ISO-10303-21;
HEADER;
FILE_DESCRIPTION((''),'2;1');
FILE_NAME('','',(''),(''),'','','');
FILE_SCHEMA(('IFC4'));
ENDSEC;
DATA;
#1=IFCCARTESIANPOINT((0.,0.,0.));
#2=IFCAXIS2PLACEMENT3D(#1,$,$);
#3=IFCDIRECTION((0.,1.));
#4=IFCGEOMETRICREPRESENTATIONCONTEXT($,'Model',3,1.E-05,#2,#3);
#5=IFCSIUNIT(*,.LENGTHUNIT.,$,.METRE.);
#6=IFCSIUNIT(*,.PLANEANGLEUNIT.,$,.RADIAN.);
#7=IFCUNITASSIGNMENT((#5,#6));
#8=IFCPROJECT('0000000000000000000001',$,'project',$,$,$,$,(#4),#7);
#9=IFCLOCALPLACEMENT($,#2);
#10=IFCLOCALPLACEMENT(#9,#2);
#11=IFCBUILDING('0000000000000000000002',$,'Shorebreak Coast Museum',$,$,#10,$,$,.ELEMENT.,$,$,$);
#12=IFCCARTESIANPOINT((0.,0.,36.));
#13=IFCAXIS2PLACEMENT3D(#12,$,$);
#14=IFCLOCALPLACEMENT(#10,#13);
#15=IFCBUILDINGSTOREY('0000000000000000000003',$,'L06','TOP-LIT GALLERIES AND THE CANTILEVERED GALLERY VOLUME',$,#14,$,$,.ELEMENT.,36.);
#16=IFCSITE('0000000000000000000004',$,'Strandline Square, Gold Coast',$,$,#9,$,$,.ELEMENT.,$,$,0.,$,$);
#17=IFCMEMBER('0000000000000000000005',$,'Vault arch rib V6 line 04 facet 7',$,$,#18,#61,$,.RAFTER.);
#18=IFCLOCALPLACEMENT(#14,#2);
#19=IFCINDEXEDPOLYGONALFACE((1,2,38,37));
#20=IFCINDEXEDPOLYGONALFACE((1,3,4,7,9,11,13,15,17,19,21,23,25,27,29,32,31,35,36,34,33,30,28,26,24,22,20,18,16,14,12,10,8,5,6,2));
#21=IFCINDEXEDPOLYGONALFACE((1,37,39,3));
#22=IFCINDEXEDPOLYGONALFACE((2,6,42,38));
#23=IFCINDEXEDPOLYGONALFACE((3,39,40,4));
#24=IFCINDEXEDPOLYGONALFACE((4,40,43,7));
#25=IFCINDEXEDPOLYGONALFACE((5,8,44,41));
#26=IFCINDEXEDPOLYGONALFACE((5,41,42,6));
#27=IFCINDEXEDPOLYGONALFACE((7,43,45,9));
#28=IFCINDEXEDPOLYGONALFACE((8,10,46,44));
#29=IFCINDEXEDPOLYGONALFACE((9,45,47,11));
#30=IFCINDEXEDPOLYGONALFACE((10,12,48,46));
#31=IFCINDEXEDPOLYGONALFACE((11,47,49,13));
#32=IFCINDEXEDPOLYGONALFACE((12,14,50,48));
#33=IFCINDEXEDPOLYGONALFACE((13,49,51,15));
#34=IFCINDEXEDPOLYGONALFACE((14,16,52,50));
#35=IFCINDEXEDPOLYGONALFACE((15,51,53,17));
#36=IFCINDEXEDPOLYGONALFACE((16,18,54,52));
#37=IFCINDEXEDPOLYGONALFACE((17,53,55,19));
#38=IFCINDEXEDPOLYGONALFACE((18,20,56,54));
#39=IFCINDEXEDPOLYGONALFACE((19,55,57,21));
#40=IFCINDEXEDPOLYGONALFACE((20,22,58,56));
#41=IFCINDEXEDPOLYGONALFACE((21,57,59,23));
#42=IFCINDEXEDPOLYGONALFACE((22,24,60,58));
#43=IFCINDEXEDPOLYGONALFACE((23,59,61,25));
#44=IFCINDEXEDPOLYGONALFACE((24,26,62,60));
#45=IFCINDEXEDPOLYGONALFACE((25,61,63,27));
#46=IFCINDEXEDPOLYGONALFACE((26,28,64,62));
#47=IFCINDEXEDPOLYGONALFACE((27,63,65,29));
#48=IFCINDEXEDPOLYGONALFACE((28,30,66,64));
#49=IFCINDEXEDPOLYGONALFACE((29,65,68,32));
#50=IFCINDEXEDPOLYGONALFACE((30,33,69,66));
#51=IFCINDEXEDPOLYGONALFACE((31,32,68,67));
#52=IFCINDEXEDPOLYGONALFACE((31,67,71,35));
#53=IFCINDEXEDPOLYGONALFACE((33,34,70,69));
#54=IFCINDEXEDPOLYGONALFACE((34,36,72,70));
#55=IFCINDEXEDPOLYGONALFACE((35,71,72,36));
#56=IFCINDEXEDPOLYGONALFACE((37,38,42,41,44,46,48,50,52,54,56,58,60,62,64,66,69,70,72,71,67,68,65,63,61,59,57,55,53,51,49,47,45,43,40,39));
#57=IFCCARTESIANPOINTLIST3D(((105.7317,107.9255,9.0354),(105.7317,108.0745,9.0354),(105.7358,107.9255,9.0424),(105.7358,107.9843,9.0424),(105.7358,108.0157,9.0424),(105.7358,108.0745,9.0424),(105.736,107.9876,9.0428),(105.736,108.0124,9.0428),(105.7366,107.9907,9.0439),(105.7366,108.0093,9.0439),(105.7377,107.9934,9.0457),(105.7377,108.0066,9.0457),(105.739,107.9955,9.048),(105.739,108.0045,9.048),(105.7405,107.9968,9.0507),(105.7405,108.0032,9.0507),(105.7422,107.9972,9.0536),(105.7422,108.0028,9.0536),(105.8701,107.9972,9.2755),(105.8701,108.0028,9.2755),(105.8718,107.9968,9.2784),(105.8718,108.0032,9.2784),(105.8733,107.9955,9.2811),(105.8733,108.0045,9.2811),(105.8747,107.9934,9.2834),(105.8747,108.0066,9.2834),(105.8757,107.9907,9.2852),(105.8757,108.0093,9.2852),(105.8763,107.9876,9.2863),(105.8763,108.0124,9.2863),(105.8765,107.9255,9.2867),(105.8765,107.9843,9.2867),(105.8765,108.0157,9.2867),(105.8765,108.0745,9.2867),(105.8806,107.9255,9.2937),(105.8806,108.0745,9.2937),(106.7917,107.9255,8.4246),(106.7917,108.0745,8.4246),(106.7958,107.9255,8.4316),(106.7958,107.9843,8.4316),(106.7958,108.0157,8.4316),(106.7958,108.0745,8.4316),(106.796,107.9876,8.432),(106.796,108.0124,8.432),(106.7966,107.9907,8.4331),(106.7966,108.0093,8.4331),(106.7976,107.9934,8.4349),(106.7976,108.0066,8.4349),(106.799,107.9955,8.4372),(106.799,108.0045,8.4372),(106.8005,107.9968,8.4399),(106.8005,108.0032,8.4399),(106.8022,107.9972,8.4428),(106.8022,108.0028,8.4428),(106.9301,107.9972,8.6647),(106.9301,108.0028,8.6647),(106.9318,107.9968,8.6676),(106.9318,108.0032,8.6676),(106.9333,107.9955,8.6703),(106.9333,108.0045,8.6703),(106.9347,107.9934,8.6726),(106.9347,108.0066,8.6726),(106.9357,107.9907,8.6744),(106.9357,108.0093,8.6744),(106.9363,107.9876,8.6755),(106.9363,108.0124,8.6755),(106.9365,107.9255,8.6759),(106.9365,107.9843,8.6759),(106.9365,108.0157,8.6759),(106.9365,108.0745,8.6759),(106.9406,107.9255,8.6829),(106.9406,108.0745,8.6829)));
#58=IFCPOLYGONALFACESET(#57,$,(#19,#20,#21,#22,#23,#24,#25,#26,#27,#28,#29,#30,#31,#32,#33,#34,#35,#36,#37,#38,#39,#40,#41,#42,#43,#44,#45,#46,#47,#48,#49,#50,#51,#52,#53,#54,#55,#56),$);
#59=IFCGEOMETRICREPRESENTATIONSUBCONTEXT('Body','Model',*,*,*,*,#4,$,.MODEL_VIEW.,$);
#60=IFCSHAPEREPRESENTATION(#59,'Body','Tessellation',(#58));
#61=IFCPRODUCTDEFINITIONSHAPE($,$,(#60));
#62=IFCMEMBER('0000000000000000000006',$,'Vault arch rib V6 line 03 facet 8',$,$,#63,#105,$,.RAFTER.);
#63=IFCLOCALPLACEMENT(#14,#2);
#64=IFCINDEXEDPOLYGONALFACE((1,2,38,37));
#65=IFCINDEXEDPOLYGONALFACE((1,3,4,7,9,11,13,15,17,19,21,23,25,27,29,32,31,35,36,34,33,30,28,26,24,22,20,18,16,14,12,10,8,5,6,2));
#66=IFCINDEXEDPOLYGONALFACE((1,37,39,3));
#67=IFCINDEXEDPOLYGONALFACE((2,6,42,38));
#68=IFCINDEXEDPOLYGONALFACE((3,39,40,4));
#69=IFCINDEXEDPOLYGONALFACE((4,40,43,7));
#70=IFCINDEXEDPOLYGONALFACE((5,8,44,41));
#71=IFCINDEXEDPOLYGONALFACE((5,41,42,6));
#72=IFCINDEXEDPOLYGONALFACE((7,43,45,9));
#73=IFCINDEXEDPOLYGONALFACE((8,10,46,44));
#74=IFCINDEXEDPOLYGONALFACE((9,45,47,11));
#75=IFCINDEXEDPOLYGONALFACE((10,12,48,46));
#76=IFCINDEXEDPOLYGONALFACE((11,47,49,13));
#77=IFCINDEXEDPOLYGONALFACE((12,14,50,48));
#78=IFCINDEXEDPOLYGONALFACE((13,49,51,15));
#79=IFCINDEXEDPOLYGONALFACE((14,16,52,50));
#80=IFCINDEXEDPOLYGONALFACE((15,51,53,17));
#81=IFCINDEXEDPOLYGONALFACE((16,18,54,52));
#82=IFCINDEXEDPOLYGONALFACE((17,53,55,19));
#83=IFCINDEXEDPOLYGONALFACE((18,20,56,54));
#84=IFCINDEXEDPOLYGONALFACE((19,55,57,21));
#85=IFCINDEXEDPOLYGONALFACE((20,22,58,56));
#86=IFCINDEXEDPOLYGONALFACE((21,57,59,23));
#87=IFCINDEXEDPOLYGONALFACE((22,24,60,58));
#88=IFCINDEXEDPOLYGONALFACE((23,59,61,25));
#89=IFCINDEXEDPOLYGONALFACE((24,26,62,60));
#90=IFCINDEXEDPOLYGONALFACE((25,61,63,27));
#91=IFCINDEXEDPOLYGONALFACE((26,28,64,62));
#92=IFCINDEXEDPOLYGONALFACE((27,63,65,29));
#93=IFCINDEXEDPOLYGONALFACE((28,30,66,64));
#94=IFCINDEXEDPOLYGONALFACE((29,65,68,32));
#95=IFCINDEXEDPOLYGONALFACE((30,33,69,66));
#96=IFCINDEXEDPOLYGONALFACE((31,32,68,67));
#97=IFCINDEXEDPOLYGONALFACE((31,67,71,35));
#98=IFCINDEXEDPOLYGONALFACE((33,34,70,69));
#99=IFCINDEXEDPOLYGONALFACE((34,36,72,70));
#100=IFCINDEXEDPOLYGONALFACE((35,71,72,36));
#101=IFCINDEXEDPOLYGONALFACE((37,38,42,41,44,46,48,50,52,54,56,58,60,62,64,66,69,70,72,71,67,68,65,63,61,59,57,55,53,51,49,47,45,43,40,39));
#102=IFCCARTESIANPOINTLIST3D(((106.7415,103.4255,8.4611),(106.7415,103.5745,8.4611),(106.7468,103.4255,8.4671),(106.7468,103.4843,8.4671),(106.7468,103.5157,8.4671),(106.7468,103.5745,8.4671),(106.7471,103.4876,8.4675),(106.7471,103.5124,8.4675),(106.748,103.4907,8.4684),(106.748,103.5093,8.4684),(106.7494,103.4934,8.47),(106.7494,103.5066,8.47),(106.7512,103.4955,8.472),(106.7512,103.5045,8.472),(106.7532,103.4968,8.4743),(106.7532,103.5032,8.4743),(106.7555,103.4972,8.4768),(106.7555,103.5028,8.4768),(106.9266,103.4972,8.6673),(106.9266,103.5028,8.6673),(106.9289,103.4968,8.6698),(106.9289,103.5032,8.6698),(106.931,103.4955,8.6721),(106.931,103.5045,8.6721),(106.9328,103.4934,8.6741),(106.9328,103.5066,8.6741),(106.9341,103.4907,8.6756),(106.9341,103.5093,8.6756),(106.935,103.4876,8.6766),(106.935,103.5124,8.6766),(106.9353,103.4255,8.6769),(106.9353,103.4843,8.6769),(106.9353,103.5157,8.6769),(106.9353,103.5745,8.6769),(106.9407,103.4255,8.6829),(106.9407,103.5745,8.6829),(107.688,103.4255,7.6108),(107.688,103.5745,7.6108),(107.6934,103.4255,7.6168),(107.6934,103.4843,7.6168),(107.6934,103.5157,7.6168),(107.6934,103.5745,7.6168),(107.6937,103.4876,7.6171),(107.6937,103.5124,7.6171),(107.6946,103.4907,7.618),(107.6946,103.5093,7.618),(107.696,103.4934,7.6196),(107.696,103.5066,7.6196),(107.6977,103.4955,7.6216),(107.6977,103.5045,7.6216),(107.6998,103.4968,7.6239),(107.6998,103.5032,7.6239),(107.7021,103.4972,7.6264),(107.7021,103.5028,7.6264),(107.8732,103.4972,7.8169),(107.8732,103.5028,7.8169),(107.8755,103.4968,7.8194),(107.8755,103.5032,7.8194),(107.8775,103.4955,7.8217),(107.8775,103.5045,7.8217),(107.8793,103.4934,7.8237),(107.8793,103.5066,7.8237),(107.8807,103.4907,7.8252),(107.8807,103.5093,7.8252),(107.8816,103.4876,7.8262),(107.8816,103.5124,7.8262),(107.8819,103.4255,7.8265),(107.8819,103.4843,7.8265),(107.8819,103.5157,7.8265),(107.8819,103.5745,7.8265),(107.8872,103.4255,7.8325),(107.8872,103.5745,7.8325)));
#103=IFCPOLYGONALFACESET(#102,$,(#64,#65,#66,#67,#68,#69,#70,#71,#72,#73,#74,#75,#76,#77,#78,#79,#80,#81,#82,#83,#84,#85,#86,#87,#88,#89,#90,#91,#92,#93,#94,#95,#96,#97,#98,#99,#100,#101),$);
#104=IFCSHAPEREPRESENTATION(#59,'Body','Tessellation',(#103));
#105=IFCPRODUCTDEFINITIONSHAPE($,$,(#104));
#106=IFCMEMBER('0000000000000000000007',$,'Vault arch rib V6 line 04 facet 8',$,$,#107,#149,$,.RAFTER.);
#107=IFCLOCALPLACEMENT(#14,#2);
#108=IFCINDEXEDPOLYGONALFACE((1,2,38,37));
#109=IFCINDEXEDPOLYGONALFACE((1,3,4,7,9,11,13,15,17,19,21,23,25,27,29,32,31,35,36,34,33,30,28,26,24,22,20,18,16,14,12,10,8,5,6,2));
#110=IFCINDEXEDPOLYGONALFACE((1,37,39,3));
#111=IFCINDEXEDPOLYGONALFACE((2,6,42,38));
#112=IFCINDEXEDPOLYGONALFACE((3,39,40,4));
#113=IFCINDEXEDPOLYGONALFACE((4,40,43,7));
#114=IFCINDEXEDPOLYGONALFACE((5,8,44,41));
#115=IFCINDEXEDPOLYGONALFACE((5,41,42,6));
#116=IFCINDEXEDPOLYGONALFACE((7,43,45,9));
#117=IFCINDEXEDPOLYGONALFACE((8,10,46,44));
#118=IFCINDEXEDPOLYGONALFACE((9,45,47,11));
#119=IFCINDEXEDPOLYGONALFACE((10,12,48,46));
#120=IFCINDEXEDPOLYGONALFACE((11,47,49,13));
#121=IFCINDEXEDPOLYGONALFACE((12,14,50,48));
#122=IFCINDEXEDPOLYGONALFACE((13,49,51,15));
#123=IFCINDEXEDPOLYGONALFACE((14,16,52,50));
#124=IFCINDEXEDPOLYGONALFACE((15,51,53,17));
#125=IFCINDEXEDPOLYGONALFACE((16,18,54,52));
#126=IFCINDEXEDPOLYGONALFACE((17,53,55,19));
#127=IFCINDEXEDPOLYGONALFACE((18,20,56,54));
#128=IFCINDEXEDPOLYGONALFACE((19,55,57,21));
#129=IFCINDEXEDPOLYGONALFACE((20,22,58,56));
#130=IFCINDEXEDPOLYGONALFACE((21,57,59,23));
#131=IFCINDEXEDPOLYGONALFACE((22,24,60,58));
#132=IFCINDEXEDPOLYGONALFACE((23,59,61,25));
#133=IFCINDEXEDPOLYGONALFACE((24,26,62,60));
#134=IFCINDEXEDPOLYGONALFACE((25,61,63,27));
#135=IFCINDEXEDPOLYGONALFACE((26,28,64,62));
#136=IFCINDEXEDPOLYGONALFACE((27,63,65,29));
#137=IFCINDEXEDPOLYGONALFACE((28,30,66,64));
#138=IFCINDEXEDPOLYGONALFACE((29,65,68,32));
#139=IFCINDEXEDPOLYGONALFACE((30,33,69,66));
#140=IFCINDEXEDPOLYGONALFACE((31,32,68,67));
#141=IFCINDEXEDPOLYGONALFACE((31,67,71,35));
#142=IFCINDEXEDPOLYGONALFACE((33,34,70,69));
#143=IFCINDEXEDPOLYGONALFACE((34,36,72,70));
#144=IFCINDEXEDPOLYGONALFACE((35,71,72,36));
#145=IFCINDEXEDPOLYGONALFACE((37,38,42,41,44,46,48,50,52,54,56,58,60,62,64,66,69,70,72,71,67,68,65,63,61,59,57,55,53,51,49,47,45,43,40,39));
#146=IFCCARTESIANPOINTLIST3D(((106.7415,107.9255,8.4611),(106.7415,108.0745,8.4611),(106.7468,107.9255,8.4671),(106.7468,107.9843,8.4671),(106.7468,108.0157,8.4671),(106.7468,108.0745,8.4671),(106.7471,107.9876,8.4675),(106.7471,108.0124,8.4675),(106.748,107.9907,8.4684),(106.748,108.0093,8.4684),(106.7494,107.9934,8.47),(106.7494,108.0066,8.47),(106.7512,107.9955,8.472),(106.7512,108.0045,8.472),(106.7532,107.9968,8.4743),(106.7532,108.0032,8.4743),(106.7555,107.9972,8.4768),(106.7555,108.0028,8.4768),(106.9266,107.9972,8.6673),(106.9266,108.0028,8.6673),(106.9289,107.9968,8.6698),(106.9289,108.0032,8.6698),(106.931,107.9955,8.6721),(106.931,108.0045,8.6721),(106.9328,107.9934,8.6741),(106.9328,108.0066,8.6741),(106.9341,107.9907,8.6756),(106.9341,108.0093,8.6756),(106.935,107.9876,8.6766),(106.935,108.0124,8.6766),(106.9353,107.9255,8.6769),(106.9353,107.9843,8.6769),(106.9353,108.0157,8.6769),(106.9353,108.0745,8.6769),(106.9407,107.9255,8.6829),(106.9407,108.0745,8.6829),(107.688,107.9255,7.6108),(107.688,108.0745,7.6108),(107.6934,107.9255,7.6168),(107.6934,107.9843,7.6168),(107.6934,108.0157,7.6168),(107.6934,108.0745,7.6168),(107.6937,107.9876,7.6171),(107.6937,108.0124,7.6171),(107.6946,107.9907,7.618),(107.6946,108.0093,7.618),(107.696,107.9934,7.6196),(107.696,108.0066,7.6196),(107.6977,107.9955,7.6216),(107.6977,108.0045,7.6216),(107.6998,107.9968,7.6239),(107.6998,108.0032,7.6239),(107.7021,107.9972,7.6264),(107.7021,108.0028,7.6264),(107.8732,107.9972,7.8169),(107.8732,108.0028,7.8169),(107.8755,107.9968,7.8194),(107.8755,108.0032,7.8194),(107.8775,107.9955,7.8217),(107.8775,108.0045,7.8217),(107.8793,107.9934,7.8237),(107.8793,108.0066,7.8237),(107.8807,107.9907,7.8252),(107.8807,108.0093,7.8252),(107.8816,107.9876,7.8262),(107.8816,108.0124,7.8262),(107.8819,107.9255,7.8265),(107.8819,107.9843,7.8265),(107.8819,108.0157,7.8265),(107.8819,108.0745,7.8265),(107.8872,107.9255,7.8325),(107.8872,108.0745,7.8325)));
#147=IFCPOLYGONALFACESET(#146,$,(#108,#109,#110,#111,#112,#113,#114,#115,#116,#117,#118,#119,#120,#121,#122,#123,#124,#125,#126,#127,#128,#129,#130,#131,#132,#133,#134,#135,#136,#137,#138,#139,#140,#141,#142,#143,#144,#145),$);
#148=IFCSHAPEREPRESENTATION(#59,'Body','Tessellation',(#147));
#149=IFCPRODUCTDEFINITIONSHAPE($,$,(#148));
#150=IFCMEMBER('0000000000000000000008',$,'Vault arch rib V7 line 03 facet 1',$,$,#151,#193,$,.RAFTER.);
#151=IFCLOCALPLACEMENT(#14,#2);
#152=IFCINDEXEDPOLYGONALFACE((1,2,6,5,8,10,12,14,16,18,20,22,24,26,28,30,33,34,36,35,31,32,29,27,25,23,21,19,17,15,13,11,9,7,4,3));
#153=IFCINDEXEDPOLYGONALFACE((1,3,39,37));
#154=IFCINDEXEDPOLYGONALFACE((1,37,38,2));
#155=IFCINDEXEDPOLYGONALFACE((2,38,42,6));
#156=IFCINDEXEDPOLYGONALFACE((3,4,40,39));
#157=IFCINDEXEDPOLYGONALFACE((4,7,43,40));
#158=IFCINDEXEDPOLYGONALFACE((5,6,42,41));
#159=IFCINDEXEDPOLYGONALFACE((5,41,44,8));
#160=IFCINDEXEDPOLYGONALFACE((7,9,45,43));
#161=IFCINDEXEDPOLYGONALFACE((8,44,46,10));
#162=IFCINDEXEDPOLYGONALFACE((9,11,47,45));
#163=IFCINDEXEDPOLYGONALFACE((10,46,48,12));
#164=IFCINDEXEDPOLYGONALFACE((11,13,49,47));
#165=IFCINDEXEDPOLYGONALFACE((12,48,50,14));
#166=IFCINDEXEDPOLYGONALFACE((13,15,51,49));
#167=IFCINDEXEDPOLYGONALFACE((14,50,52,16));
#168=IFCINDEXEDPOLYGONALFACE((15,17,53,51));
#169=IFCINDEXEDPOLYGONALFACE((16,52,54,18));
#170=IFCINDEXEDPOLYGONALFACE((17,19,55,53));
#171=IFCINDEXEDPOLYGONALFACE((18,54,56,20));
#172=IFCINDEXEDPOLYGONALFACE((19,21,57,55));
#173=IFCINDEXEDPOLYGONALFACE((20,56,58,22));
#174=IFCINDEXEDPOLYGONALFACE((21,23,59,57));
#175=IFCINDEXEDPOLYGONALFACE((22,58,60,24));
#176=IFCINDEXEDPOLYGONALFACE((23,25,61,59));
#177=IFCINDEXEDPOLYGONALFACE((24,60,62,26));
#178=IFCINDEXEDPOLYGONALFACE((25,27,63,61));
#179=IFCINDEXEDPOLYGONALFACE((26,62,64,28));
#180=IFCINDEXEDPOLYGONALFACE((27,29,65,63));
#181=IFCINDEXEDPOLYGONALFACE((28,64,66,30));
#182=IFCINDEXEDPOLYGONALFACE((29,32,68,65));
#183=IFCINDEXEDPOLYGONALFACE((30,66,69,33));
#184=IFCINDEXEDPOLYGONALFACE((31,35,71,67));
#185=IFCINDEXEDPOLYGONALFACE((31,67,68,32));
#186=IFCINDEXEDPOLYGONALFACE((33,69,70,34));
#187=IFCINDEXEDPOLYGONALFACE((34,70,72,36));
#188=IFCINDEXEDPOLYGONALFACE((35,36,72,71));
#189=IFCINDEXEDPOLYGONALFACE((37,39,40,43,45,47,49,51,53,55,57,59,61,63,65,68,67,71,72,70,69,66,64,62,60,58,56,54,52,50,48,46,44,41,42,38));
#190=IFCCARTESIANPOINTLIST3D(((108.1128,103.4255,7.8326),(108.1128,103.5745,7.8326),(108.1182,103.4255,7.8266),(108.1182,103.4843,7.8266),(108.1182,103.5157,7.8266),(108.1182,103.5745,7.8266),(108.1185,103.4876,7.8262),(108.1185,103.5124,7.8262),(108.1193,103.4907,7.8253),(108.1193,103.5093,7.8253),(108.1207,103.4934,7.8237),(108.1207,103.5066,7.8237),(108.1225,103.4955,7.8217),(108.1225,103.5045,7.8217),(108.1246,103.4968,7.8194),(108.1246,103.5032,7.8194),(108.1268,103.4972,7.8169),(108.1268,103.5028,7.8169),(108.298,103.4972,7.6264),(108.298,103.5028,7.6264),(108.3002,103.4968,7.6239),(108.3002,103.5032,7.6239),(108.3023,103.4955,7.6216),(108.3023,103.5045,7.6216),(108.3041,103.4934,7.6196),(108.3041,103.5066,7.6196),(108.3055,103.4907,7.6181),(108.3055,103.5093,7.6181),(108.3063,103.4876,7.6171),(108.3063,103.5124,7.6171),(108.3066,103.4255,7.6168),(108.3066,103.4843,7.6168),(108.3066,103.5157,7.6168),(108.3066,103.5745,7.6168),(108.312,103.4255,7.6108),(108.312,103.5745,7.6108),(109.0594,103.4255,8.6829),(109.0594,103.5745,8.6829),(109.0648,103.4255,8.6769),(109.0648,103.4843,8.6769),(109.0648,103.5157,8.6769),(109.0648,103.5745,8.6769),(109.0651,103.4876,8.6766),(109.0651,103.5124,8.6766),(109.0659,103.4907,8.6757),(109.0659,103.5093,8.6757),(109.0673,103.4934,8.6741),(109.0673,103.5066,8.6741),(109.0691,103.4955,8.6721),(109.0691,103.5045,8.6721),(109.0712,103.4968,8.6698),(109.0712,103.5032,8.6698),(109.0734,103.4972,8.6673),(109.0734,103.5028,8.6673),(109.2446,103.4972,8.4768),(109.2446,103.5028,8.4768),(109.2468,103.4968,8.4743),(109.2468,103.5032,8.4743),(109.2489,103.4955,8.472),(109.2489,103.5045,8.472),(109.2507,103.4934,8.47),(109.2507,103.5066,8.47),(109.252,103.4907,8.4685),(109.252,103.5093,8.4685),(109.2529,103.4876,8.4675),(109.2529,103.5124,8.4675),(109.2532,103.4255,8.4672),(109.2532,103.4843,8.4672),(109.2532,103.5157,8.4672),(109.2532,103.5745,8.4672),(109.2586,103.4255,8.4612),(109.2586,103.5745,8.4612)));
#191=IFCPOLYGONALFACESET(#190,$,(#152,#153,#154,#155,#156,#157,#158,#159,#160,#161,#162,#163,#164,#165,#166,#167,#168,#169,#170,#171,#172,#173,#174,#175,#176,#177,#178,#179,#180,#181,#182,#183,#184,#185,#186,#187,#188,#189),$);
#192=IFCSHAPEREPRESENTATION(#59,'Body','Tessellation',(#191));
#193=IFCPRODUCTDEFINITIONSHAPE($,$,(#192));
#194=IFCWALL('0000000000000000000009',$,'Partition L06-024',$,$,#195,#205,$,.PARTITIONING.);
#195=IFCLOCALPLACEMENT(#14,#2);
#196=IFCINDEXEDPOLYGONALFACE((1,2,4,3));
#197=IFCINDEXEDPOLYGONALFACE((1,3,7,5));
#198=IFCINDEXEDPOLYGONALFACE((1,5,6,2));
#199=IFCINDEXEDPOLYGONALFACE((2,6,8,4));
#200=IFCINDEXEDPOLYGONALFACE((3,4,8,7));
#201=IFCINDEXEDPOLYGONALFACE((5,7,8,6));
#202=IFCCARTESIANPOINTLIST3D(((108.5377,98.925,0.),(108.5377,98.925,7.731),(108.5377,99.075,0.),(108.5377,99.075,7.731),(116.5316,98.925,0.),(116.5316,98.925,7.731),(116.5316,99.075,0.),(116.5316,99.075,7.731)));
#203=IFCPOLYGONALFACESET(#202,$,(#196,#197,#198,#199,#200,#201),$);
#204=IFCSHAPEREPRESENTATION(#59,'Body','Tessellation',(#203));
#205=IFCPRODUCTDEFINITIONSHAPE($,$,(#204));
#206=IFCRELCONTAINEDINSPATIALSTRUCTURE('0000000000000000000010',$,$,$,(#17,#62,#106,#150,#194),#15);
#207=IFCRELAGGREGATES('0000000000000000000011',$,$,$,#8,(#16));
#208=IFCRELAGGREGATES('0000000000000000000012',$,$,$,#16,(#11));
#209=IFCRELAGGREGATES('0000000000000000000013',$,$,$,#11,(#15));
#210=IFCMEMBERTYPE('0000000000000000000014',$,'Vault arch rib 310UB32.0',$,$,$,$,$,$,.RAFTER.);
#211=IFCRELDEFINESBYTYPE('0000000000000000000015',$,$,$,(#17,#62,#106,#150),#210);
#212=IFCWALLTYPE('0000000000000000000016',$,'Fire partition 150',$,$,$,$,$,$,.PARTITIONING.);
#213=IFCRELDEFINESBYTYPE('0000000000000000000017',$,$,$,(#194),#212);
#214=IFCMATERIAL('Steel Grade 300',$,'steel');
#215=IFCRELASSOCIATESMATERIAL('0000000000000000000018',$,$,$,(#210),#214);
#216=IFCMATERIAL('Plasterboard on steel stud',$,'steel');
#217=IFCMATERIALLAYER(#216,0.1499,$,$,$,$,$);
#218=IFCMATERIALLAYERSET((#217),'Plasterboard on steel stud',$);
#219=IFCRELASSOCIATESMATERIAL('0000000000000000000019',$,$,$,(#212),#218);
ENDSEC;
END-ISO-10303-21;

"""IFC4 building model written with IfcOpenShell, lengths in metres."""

from ifc_helpers import new_model, si_unit, direction, frame, frame_2d, origin, origin_2d, place, context, subcontext, project, spatial, rectangle, i_section, extrude, material, layer, layer_set, material_profile, profile_set, type_object, element, save


model = new_model("IFC4")

# Units and contexts
model_context = context("Model", 3, precision=1e-05, world=origin(), true_north=direction((0.0, 1.0)))
body_context = subcontext(model_context, "Body", "Model", "MODEL_VIEW")
ifc_project = project(units=[si_unit("LENGTHUNIT", "METRE"), si_unit("PLANEANGLEUNIT", "RADIAN")], contexts=[model_context])

# Site, building, storey
site_placement = place(None, origin())
site = spatial("IfcSite", under=ifc_project, at=site_placement, Name="Strandline Square, Gold Coast", CompositionType="ELEMENT", RefElevation=0.0)
building_placement = place(site_placement, origin())
building = spatial("IfcBuilding", under=site, at=building_placement, Name="Shorebreak Coast Museum", CompositionType="ELEMENT")
storey_placement = place(building_placement, frame((0.0, 0.0, 36.0)))
storey = spatial("IfcBuildingStorey", under=building, at=storey_placement, Name="L06", Description="TOP-LIT GALLERIES AND THE CANTILEVERED GALLERY VOLUME", CompositionType="ELEMENT", Elevation=36.0)

# Members
ifc_material_1 = material(Name="Steel Grade 300", Category="steel")
ifc_material_profile_1 = material_profile(ifc_material_1, i_section(OverallWidth=0.1489, OverallDepth=0.2981, WebThickness=0.0056, FlangeThickness=0.0081, FilletRadius=0.0129, at=origin_2d()), Name="310UB32.0")
ifc_profile_set_1 = profile_set([ifc_material_profile_1], Name="Steel Grade 300")
member_type_1 = type_object("IfcMemberType", Name="Vault arch rib 310UB32.0", PredefinedType="RAFTER", material=ifc_profile_set_1)
for number, where, z_axis, x_axis, name in (
    (1, (105.8062, 108.0, 9.1646), (0.866445, 0.0, -0.499273), (0.0, 1.0, 0.0), "Vault arch rib V6 line 04 facet 7"),
):
    element("IfcMember", number, at=place(storey_placement, frame(where, z_axis=z_axis, x_axis=x_axis)), inside=storey, type_object=member_type_1, Name=name, PredefinedType="RAFTER", context=body_context, shape_type="SweptSolid", body=[
        extrude(i_section(OverallWidth=0.1489, OverallDepth=0.2981, WebThickness=0.0056, FlangeThickness=0.0081, FilletRadius=0.0129, at=origin_2d()), origin(), (0.0, 0.0, 1.0), 1.2234),
    ])
for number, where, z_axis, x_axis, name in (
    (2, (106.8411, 103.5, 8.572), (0.743895, 0.0, -0.668297), (0.0, 1.0, 0.0), "Vault arch rib V6 line 03 facet 8"),
    (3, (106.8411, 108.0, 8.572), (0.743895, 0.0, -0.668297), (0.0, 1.0, 0.0), "Vault arch rib V6 line 04 facet 8"),
    (4, (108.2124, 103.5, 7.7217), (0.743895, 0.0, 0.668297), (0.0, 1.0, 0.0), "Vault arch rib V7 line 03 facet 1"),
):
    element("IfcMember", number, at=place(storey_placement, frame(where, z_axis=z_axis, x_axis=x_axis)), inside=storey, type_object=member_type_1, Name=name, PredefinedType="RAFTER", context=body_context, shape_type="SweptSolid", body=[
        extrude(i_section(OverallWidth=0.1489, OverallDepth=0.2981, WebThickness=0.0056, FlangeThickness=0.0081, FilletRadius=0.0129, at=origin_2d()), origin(), (0.0, 0.0, 1.0), 1.2725),
    ])

# Wall
ifc_material_2 = material(Name="Plasterboard on steel stud", Category="steel")
ifc_layer_1 = layer(ifc_material_2, 0.1499)
ifc_layer_set_1 = layer_set([ifc_layer_1], Name="Plasterboard on steel stud")
wall_type_1 = type_object("IfcWallType", Name="Fire partition 150", PredefinedType="PARTITIONING", material=ifc_layer_set_1)
wall_1_placement = place(storey_placement, frame((108.5376, 99.0, 0.0), z_axis=(0.0, 0.0, 1.0), x_axis=(1.0, 0.0, 0.0)))
element("IfcWall", 5, at=wall_1_placement, inside=storey, type_object=wall_type_1, Name="Partition L06-024", PredefinedType="PARTITIONING", context=body_context, shape_type="SweptSolid", body=[
    extrude(rectangle(XDim=7.9939, YDim=0.1499, at=frame_2d((3.9971, 0.0))), origin(), (0.0, 0.0, 1.0), 7.731),
])

save(model, "model.ifc")
